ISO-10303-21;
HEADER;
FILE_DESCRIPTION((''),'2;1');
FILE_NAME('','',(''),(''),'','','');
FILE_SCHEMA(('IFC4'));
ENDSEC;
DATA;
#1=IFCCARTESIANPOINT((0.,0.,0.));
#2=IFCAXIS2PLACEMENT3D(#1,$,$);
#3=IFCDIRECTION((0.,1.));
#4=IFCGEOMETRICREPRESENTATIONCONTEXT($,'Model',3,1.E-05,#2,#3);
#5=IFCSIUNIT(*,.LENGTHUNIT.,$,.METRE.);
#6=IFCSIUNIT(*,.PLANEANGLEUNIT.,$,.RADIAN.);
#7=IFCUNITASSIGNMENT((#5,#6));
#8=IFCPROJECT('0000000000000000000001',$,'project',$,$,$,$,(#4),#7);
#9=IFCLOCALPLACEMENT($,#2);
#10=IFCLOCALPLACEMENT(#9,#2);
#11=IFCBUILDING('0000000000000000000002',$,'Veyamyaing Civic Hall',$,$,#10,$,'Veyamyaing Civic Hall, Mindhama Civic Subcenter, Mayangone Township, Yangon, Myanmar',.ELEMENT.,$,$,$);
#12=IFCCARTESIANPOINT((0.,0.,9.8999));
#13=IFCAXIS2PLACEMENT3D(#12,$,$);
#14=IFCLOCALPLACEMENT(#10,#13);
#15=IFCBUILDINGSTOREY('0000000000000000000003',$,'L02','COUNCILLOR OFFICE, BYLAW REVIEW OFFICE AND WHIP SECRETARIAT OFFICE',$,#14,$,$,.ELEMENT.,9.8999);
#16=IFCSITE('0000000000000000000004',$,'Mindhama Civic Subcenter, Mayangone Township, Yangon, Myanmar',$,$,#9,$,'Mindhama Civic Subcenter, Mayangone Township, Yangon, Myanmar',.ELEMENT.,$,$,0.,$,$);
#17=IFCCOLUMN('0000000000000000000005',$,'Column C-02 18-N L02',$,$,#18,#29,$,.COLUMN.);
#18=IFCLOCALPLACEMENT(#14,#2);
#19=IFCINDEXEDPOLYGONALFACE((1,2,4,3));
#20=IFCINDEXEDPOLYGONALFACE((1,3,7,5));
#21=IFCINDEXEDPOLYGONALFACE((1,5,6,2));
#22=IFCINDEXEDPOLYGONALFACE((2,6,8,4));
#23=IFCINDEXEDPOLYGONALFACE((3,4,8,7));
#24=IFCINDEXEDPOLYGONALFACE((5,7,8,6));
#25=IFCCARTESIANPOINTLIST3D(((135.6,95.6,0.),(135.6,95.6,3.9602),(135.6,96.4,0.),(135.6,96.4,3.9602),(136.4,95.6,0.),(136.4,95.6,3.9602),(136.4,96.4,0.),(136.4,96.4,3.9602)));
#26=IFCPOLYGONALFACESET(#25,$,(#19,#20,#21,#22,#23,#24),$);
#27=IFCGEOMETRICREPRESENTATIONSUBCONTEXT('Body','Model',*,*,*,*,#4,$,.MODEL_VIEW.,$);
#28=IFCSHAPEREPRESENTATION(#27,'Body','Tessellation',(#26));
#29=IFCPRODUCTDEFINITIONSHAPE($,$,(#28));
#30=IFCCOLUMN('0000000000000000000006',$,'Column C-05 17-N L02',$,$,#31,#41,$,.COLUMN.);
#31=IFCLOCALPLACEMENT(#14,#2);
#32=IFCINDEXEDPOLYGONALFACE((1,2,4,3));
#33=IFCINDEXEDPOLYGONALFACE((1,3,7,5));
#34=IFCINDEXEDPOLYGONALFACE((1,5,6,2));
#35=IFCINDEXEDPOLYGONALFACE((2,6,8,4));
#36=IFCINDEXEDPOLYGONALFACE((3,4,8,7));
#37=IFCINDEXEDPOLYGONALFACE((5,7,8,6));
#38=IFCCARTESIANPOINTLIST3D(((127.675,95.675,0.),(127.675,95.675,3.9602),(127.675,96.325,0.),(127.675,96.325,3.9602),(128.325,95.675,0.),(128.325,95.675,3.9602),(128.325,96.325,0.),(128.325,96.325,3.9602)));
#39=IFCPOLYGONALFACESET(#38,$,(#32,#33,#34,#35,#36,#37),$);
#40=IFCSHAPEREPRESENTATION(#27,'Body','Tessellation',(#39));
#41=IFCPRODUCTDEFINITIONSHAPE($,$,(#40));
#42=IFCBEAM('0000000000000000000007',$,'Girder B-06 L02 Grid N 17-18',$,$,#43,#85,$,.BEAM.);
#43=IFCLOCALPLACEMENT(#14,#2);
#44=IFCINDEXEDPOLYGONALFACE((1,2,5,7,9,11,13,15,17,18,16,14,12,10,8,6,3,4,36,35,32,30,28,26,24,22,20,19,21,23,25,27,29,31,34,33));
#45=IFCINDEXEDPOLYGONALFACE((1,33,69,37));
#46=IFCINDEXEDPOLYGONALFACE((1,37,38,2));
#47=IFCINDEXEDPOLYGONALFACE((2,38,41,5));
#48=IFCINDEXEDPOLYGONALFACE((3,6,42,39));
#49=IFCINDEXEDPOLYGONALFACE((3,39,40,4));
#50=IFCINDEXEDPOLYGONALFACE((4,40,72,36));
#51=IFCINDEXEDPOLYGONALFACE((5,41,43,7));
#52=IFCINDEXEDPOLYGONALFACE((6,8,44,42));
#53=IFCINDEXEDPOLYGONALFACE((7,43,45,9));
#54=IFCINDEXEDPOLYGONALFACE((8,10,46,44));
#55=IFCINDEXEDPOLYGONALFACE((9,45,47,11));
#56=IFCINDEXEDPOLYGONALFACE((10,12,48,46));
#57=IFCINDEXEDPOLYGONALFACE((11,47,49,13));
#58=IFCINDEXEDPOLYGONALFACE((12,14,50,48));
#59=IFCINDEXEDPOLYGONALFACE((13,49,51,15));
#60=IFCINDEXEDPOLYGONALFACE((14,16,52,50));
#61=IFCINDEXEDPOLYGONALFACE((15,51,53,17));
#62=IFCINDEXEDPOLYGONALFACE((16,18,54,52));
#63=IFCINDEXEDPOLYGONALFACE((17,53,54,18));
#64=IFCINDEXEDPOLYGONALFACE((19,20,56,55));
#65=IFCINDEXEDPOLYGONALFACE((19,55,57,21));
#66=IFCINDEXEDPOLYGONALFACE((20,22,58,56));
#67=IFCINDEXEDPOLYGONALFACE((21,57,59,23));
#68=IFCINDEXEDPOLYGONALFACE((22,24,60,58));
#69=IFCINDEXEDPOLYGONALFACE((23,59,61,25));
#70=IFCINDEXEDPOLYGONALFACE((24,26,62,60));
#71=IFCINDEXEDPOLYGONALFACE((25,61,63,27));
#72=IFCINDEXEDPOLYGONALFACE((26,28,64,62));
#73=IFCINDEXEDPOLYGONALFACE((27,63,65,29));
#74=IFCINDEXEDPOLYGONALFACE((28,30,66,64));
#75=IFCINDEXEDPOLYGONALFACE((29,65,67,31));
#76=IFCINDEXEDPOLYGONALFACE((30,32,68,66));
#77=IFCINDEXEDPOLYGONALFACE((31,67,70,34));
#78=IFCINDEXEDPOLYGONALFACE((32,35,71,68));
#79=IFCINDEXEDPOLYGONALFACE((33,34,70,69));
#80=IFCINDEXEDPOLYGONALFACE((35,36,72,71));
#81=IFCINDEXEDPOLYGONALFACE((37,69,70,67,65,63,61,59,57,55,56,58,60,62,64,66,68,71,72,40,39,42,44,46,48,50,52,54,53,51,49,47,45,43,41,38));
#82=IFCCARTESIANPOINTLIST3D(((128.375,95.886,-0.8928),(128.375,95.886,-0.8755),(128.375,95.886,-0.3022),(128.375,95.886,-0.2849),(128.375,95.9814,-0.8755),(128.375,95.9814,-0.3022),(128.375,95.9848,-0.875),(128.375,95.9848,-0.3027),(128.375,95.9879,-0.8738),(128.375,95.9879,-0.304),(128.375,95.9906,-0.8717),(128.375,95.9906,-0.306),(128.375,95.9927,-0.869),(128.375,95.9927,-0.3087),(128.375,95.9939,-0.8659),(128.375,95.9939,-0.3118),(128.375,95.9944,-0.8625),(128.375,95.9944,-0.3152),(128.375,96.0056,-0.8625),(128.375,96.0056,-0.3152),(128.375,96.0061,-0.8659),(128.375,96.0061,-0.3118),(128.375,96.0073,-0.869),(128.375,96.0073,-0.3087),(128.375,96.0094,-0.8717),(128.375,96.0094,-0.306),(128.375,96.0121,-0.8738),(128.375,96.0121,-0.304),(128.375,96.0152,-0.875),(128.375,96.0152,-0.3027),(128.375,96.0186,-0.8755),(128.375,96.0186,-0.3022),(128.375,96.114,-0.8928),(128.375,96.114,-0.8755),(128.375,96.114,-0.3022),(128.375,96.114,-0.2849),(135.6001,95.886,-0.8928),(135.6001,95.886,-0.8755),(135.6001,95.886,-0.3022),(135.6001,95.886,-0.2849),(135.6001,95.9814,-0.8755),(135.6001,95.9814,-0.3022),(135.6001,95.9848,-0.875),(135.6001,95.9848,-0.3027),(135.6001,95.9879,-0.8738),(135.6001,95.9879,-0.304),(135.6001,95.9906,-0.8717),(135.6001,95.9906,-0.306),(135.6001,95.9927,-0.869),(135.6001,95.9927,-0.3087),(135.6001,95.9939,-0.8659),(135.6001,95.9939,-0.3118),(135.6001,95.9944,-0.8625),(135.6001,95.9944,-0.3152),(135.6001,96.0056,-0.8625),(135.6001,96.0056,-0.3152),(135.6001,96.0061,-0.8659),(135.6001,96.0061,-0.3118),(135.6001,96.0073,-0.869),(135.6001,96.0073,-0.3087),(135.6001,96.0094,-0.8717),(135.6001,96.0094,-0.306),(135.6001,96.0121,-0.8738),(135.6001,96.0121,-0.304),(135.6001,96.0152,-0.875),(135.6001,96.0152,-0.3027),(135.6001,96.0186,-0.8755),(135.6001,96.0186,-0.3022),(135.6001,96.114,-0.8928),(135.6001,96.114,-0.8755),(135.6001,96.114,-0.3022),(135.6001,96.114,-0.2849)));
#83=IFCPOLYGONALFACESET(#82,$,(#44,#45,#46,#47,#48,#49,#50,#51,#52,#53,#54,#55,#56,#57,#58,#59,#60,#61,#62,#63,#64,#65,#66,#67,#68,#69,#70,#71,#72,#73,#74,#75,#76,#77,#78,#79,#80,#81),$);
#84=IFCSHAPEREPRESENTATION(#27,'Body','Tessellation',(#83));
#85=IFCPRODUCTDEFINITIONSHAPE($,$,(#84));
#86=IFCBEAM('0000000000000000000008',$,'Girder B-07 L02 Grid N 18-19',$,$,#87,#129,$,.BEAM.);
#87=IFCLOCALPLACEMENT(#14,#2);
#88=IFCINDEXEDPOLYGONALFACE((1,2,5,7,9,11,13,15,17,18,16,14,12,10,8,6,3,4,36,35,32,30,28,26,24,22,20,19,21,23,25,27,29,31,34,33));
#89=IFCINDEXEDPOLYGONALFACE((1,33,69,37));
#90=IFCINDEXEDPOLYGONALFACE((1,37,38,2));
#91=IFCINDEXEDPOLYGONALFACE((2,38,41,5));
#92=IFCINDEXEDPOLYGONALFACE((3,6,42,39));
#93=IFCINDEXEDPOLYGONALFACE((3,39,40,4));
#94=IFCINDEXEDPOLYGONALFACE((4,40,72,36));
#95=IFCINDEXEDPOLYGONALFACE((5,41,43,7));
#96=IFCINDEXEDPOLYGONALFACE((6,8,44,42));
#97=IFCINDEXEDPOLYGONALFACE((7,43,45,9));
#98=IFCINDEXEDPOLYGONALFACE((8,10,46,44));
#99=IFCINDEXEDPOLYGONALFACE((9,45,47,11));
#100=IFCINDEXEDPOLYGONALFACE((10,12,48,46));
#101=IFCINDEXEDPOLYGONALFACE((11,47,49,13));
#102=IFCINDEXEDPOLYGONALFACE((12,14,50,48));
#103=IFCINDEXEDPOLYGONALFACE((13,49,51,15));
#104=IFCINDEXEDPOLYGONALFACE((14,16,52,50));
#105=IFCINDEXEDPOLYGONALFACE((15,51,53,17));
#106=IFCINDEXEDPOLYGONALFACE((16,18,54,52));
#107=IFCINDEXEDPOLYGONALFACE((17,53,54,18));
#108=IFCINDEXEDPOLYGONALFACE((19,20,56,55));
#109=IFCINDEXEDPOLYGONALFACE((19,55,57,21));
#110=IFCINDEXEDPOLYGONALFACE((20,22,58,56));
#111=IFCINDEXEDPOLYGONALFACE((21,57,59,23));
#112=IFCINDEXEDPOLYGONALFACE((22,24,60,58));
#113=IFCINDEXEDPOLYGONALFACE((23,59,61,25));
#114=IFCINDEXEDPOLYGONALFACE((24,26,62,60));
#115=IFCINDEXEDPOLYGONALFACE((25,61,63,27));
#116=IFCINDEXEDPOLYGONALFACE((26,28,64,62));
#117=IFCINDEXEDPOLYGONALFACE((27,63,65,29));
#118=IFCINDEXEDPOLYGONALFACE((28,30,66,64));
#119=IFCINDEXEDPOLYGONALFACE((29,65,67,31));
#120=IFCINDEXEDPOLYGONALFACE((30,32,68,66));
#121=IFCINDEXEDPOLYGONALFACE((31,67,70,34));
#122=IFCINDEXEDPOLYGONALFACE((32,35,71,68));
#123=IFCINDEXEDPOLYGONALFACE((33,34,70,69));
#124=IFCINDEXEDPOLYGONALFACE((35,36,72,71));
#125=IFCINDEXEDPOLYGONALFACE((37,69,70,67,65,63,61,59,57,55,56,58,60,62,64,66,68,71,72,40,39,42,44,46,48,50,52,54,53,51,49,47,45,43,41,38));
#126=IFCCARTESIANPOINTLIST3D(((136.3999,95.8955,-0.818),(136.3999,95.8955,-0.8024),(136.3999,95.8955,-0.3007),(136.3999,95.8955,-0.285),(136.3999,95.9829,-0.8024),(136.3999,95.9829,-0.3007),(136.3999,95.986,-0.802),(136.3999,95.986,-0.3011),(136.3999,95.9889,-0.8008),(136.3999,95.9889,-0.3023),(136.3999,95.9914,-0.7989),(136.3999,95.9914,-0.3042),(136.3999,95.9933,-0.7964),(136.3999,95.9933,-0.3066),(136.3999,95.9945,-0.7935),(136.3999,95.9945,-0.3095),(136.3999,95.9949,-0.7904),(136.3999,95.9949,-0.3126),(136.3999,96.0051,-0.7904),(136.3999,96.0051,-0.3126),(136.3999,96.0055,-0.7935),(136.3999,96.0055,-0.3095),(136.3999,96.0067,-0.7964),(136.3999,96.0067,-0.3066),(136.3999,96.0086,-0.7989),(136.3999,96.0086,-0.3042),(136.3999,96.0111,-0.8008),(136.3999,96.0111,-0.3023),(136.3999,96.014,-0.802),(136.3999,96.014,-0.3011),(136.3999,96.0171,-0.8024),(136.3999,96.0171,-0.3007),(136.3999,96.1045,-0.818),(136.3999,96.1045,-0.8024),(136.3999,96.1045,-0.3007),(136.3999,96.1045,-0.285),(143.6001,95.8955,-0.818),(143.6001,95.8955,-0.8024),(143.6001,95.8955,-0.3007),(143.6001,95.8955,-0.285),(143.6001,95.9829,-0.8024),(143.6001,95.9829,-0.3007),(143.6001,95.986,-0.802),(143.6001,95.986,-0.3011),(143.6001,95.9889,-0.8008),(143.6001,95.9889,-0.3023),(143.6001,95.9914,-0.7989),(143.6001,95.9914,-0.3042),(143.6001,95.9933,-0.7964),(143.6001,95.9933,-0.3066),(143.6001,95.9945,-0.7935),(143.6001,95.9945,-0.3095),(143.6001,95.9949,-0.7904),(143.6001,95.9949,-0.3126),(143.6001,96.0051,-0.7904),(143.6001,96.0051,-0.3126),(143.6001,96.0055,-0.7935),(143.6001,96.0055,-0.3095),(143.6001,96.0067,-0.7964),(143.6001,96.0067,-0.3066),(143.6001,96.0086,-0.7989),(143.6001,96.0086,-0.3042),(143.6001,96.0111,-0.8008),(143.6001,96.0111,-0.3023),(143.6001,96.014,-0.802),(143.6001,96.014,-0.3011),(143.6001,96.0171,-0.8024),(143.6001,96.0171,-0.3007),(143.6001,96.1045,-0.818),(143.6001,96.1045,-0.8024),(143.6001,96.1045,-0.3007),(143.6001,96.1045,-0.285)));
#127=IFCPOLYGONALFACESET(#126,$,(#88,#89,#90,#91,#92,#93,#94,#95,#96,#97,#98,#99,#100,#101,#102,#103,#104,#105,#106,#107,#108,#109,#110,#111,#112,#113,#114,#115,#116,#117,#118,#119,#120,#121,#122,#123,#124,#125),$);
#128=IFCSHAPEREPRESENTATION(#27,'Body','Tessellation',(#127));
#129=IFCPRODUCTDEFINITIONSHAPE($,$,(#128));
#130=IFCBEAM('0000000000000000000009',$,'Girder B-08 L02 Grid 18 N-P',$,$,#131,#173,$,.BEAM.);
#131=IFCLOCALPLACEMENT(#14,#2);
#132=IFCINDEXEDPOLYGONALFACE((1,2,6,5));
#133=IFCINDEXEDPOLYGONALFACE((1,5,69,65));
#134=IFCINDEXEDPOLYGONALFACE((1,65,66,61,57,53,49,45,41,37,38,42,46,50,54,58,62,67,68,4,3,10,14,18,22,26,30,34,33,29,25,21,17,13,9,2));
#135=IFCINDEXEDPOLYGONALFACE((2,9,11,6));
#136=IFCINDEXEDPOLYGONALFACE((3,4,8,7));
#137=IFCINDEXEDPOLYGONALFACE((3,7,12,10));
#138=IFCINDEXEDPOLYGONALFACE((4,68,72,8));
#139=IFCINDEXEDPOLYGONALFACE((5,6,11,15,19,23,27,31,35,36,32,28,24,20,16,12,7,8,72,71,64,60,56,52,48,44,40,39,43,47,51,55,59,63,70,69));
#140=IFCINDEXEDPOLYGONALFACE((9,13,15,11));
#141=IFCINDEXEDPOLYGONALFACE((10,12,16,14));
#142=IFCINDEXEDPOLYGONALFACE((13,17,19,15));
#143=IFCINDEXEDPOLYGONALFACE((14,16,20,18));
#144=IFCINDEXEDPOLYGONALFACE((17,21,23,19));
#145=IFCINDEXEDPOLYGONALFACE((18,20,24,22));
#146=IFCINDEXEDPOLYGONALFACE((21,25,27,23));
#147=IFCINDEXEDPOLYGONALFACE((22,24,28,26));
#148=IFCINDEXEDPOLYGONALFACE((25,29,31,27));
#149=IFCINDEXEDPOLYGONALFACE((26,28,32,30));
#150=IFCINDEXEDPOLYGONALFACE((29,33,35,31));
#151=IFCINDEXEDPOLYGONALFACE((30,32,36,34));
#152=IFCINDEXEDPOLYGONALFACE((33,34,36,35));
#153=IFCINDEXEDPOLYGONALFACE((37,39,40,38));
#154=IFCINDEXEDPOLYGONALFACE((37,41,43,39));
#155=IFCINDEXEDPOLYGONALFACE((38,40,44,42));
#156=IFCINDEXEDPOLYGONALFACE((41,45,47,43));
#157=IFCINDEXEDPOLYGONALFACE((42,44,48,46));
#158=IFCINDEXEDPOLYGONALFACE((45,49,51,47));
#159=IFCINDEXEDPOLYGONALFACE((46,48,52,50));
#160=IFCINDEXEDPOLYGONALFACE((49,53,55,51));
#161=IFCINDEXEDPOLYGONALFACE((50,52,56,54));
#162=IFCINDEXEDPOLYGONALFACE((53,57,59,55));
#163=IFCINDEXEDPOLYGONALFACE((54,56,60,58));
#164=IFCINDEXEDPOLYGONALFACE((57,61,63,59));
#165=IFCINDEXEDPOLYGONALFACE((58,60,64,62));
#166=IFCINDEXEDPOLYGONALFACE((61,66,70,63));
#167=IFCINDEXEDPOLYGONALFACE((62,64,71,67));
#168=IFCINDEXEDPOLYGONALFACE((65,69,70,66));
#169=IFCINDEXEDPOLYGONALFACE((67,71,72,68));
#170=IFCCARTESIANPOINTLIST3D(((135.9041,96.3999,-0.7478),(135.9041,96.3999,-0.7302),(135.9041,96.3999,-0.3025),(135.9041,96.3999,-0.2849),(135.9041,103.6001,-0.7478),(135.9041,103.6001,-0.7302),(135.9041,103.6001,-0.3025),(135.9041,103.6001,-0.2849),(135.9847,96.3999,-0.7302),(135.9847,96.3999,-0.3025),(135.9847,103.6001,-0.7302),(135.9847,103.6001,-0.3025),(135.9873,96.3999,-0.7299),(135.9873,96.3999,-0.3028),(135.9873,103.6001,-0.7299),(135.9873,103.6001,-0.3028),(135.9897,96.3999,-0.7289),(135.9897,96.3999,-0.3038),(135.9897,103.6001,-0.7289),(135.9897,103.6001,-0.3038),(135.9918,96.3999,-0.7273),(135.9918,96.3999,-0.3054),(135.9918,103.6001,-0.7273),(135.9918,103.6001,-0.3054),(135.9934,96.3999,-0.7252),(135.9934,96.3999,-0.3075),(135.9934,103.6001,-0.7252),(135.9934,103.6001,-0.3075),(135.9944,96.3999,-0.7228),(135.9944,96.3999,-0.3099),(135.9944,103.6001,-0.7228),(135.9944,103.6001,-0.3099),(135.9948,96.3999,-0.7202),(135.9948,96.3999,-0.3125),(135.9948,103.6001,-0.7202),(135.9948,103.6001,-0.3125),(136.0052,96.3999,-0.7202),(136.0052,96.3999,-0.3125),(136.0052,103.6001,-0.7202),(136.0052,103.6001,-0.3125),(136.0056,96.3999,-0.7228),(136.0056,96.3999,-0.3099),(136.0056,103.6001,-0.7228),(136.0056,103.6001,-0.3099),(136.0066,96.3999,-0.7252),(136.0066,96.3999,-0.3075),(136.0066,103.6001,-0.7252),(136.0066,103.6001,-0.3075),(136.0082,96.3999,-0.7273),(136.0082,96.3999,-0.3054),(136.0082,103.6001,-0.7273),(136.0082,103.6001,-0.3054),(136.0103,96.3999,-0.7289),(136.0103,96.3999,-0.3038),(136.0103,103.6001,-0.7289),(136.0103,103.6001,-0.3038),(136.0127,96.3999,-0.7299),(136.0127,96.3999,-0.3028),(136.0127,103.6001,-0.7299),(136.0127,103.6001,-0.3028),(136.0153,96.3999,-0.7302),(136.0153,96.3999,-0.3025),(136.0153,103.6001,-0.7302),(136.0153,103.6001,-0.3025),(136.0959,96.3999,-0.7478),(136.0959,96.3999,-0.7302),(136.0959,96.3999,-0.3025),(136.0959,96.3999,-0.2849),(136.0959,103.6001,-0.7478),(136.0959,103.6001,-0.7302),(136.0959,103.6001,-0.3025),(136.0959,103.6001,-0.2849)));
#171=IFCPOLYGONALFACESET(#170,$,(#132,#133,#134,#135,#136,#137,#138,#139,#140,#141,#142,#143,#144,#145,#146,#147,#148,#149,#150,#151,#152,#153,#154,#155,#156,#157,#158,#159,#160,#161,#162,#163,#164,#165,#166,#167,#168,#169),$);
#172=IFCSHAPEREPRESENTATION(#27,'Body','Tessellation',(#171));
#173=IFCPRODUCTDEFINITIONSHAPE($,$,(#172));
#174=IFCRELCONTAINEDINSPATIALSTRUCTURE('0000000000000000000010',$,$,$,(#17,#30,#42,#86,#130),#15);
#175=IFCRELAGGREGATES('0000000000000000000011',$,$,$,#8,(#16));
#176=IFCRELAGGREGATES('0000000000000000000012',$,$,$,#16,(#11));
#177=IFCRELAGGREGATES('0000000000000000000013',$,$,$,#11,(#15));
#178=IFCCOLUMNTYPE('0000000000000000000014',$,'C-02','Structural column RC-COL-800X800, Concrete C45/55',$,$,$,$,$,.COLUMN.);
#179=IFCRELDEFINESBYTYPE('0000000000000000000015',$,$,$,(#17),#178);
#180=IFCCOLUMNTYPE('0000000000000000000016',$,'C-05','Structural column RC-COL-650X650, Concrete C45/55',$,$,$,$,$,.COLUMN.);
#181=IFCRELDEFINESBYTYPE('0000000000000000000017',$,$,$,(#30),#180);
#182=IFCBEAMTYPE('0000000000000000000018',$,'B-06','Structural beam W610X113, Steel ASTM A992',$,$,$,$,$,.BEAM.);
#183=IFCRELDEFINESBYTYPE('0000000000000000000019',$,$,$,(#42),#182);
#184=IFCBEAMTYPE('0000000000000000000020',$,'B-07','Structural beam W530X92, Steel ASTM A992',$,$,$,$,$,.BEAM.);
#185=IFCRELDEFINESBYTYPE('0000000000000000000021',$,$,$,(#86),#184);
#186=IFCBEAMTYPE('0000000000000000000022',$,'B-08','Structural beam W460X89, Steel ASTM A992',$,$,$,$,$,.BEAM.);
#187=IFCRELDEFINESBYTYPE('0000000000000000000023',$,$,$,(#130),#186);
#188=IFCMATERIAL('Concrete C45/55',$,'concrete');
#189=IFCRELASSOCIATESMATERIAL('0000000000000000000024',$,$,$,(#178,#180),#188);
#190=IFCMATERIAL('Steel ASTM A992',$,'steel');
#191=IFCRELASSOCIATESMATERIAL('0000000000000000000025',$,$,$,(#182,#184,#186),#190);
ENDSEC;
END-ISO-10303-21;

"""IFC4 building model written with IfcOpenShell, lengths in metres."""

from ifc_helpers import new_model, si_unit, direction, frame, origin, origin_2d, place, context, subcontext, project, spatial, rectangle, i_section, extrude, material, material_profile, profile_set, type_object, element, save


model = new_model("IFC4")

# Units and contexts
model_context = context("Model", 3, precision=1e-05, world=origin(), true_north=direction((0.0, 1.0)))
body_context = subcontext(model_context, "Body", "Model", "MODEL_VIEW")
ifc_project = project(units=[si_unit("LENGTHUNIT", "METRE"), si_unit("PLANEANGLEUNIT", "RADIAN")], contexts=[model_context])

# Site, building, storey
site_placement = place(None, origin())
site = spatial("IfcSite", under=ifc_project, at=site_placement, Name="Mindhama Civic Subcenter, Mayangone Township, Yangon, Myanmar", LongName="Mindhama Civic Subcenter, Mayangone Township, Yangon, Myanmar", CompositionType="ELEMENT", RefElevation=0.0)
building_placement = place(site_placement, origin())
building = spatial("IfcBuilding", under=site, at=building_placement, Name="Veyamyaing Civic Hall", LongName="Veyamyaing Civic Hall, Mindhama Civic Subcenter, Mayangone Township, Yangon, Myanmar", CompositionType="ELEMENT")
storey_placement = place(building_placement, frame((0.0, 0.0, 9.8999)))
storey = spatial("IfcBuildingStorey", under=building, at=storey_placement, Name="L02", Description="COUNCILLOR OFFICE, BYLAW REVIEW OFFICE AND WHIP SECRETARIAT OFFICE", CompositionType="ELEMENT", Elevation=9.8999)

# Columns
ifc_material_1 = material(Name="Concrete C45/55", Category="concrete")
ifc_material_profile_1 = material_profile(ifc_material_1, rectangle(XDim=0.8, YDim=0.8, at=origin_2d()), Name="RC-COL-800X800")
ifc_profile_set_1 = profile_set([ifc_material_profile_1], Name="Concrete C45/55")
column_type_1 = type_object("IfcColumnType", Name="C-02", Description="Structural column RC-COL-800X800, Concrete C45/55", PredefinedType="COLUMN", material=ifc_profile_set_1)
column_1_placement = place(storey_placement, frame((136.0, 96.0, 0.0), z_axis=(0.0, 0.0, 1.0), x_axis=(1.0, 0.0, 0.0)))
element("IfcColumn", 1, at=column_1_placement, inside=storey, type_object=column_type_1, Name="Column C-02 18-N L02", PredefinedType="COLUMN", context=body_context, shape_type="SweptSolid", body=[
    extrude(rectangle(XDim=0.8, YDim=0.8, at=origin_2d()), origin(), (0.0, 0.0, 1.0), 3.9602),
])
ifc_material_profile_2 = material_profile(ifc_material_1, rectangle(XDim=0.6499, YDim=0.6499, at=origin_2d()), Name="RC-COL-650X650")
ifc_profile_set_2 = profile_set([ifc_material_profile_2], Name="Concrete C45/55")
column_type_2 = type_object("IfcColumnType", Name="C-05", Description="Structural column RC-COL-650X650, Concrete C45/55", PredefinedType="COLUMN", material=ifc_profile_set_2)
column_2_placement = place(storey_placement, frame((128.0, 96.0, 0.0), z_axis=(0.0, 0.0, 1.0), x_axis=(1.0, 0.0, 0.0)))
element("IfcColumn", 2, at=column_2_placement, inside=storey, type_object=column_type_2, Name="Column C-05 17-N L02", PredefinedType="COLUMN", context=body_context, shape_type="SweptSolid", body=[
    extrude(rectangle(XDim=0.6499, YDim=0.6499, at=origin_2d()), origin(), (0.0, 0.0, 1.0), 3.9602),
])

# Beams
ifc_material_2 = material(Name="Steel ASTM A992", Category="steel")
ifc_material_profile_3 = material_profile(ifc_material_2, i_section(OverallWidth=0.228, OverallDepth=0.6079, WebThickness=0.0112, FlangeThickness=0.0173, FilletRadius=0.0129, at=origin_2d()), Name="W610X113")
ifc_profile_set_3 = profile_set([ifc_material_profile_3], Name="Steel ASTM A992")
beam_type_1 = type_object("IfcBeamType", Name="B-06", Description="Structural beam W610X113, Steel ASTM A992", PredefinedType="BEAM", material=ifc_profile_set_3)
beam_1_placement = place(storey_placement, frame((128.375, 96.0, -0.5889), z_axis=(1.0, 0.0, 0.0), x_axis=(0.0, 1.0, 0.0)))
element("IfcBeam", 3, at=beam_1_placement, inside=storey, type_object=beam_type_1, Name="Girder B-06 L02 Grid N 17-18", PredefinedType="BEAM", context=body_context, shape_type="SweptSolid", body=[
    extrude(i_section(OverallWidth=0.228, OverallDepth=0.6079, WebThickness=0.0112, FlangeThickness=0.0173, FilletRadius=0.0129, at=origin_2d()), origin(), (0.0, 0.0, 1.0), 7.2251),
])
ifc_material_profile_4 = material_profile(ifc_material_2, i_section(OverallWidth=0.209, OverallDepth=0.533, WebThickness=0.0103, FlangeThickness=0.0156, FilletRadius=0.012, at=origin_2d()), Name="W530X92")
ifc_profile_set_4 = profile_set([ifc_material_profile_4], Name="Steel ASTM A992")
beam_type_2 = type_object("IfcBeamType", Name="B-07", Description="Structural beam W530X92, Steel ASTM A992", PredefinedType="BEAM", material=ifc_profile_set_4)
beam_2_placement = place(storey_placement, frame((136.3999, 96.0, -0.5515), z_axis=(1.0, 0.0, 0.0), x_axis=(0.0, 1.0, 0.0)))
element("IfcBeam", 4, at=beam_2_placement, inside=storey, type_object=beam_type_2, Name="Girder B-07 L02 Grid N 18-19", PredefinedType="BEAM", context=body_context, shape_type="SweptSolid", body=[
    extrude(i_section(OverallWidth=0.209, OverallDepth=0.533, WebThickness=0.0103, FlangeThickness=0.0156, FilletRadius=0.012, at=origin_2d()), origin(), (0.0, 0.0, 1.0), 7.2002),
])
ifc_material_profile_5 = material_profile(ifc_material_2, i_section(OverallWidth=0.1919, OverallDepth=0.4629, WebThickness=0.0105, FlangeThickness=0.0176, FilletRadius=0.01, at=origin_2d()), Name="W460X89")
ifc_profile_set_5 = profile_set([ifc_material_profile_5], Name="Steel ASTM A992")
beam_type_3 = type_object("IfcBeamType", Name="B-08", Description="Structural beam W460X89, Steel ASTM A992", PredefinedType="BEAM", material=ifc_profile_set_5)
beam_3_placement = place(storey_placement, frame((136.0, 96.3999, -0.5164), z_axis=(0.0, 1.0, 0.0), x_axis=(-1.0, 0.0, 0.0)))
element("IfcBeam", 5, at=beam_3_placement, inside=storey, type_object=beam_type_3, Name="Girder B-08 L02 Grid 18 N-P", PredefinedType="BEAM", context=body_context, shape_type="SweptSolid", body=[
    extrude(i_section(OverallWidth=0.1919, OverallDepth=0.4629, WebThickness=0.0105, FlangeThickness=0.0176, FilletRadius=0.01, at=origin_2d()), origin(), (0.0, 0.0, 1.0), 7.2002),
])

save(model, "model.ifc")
